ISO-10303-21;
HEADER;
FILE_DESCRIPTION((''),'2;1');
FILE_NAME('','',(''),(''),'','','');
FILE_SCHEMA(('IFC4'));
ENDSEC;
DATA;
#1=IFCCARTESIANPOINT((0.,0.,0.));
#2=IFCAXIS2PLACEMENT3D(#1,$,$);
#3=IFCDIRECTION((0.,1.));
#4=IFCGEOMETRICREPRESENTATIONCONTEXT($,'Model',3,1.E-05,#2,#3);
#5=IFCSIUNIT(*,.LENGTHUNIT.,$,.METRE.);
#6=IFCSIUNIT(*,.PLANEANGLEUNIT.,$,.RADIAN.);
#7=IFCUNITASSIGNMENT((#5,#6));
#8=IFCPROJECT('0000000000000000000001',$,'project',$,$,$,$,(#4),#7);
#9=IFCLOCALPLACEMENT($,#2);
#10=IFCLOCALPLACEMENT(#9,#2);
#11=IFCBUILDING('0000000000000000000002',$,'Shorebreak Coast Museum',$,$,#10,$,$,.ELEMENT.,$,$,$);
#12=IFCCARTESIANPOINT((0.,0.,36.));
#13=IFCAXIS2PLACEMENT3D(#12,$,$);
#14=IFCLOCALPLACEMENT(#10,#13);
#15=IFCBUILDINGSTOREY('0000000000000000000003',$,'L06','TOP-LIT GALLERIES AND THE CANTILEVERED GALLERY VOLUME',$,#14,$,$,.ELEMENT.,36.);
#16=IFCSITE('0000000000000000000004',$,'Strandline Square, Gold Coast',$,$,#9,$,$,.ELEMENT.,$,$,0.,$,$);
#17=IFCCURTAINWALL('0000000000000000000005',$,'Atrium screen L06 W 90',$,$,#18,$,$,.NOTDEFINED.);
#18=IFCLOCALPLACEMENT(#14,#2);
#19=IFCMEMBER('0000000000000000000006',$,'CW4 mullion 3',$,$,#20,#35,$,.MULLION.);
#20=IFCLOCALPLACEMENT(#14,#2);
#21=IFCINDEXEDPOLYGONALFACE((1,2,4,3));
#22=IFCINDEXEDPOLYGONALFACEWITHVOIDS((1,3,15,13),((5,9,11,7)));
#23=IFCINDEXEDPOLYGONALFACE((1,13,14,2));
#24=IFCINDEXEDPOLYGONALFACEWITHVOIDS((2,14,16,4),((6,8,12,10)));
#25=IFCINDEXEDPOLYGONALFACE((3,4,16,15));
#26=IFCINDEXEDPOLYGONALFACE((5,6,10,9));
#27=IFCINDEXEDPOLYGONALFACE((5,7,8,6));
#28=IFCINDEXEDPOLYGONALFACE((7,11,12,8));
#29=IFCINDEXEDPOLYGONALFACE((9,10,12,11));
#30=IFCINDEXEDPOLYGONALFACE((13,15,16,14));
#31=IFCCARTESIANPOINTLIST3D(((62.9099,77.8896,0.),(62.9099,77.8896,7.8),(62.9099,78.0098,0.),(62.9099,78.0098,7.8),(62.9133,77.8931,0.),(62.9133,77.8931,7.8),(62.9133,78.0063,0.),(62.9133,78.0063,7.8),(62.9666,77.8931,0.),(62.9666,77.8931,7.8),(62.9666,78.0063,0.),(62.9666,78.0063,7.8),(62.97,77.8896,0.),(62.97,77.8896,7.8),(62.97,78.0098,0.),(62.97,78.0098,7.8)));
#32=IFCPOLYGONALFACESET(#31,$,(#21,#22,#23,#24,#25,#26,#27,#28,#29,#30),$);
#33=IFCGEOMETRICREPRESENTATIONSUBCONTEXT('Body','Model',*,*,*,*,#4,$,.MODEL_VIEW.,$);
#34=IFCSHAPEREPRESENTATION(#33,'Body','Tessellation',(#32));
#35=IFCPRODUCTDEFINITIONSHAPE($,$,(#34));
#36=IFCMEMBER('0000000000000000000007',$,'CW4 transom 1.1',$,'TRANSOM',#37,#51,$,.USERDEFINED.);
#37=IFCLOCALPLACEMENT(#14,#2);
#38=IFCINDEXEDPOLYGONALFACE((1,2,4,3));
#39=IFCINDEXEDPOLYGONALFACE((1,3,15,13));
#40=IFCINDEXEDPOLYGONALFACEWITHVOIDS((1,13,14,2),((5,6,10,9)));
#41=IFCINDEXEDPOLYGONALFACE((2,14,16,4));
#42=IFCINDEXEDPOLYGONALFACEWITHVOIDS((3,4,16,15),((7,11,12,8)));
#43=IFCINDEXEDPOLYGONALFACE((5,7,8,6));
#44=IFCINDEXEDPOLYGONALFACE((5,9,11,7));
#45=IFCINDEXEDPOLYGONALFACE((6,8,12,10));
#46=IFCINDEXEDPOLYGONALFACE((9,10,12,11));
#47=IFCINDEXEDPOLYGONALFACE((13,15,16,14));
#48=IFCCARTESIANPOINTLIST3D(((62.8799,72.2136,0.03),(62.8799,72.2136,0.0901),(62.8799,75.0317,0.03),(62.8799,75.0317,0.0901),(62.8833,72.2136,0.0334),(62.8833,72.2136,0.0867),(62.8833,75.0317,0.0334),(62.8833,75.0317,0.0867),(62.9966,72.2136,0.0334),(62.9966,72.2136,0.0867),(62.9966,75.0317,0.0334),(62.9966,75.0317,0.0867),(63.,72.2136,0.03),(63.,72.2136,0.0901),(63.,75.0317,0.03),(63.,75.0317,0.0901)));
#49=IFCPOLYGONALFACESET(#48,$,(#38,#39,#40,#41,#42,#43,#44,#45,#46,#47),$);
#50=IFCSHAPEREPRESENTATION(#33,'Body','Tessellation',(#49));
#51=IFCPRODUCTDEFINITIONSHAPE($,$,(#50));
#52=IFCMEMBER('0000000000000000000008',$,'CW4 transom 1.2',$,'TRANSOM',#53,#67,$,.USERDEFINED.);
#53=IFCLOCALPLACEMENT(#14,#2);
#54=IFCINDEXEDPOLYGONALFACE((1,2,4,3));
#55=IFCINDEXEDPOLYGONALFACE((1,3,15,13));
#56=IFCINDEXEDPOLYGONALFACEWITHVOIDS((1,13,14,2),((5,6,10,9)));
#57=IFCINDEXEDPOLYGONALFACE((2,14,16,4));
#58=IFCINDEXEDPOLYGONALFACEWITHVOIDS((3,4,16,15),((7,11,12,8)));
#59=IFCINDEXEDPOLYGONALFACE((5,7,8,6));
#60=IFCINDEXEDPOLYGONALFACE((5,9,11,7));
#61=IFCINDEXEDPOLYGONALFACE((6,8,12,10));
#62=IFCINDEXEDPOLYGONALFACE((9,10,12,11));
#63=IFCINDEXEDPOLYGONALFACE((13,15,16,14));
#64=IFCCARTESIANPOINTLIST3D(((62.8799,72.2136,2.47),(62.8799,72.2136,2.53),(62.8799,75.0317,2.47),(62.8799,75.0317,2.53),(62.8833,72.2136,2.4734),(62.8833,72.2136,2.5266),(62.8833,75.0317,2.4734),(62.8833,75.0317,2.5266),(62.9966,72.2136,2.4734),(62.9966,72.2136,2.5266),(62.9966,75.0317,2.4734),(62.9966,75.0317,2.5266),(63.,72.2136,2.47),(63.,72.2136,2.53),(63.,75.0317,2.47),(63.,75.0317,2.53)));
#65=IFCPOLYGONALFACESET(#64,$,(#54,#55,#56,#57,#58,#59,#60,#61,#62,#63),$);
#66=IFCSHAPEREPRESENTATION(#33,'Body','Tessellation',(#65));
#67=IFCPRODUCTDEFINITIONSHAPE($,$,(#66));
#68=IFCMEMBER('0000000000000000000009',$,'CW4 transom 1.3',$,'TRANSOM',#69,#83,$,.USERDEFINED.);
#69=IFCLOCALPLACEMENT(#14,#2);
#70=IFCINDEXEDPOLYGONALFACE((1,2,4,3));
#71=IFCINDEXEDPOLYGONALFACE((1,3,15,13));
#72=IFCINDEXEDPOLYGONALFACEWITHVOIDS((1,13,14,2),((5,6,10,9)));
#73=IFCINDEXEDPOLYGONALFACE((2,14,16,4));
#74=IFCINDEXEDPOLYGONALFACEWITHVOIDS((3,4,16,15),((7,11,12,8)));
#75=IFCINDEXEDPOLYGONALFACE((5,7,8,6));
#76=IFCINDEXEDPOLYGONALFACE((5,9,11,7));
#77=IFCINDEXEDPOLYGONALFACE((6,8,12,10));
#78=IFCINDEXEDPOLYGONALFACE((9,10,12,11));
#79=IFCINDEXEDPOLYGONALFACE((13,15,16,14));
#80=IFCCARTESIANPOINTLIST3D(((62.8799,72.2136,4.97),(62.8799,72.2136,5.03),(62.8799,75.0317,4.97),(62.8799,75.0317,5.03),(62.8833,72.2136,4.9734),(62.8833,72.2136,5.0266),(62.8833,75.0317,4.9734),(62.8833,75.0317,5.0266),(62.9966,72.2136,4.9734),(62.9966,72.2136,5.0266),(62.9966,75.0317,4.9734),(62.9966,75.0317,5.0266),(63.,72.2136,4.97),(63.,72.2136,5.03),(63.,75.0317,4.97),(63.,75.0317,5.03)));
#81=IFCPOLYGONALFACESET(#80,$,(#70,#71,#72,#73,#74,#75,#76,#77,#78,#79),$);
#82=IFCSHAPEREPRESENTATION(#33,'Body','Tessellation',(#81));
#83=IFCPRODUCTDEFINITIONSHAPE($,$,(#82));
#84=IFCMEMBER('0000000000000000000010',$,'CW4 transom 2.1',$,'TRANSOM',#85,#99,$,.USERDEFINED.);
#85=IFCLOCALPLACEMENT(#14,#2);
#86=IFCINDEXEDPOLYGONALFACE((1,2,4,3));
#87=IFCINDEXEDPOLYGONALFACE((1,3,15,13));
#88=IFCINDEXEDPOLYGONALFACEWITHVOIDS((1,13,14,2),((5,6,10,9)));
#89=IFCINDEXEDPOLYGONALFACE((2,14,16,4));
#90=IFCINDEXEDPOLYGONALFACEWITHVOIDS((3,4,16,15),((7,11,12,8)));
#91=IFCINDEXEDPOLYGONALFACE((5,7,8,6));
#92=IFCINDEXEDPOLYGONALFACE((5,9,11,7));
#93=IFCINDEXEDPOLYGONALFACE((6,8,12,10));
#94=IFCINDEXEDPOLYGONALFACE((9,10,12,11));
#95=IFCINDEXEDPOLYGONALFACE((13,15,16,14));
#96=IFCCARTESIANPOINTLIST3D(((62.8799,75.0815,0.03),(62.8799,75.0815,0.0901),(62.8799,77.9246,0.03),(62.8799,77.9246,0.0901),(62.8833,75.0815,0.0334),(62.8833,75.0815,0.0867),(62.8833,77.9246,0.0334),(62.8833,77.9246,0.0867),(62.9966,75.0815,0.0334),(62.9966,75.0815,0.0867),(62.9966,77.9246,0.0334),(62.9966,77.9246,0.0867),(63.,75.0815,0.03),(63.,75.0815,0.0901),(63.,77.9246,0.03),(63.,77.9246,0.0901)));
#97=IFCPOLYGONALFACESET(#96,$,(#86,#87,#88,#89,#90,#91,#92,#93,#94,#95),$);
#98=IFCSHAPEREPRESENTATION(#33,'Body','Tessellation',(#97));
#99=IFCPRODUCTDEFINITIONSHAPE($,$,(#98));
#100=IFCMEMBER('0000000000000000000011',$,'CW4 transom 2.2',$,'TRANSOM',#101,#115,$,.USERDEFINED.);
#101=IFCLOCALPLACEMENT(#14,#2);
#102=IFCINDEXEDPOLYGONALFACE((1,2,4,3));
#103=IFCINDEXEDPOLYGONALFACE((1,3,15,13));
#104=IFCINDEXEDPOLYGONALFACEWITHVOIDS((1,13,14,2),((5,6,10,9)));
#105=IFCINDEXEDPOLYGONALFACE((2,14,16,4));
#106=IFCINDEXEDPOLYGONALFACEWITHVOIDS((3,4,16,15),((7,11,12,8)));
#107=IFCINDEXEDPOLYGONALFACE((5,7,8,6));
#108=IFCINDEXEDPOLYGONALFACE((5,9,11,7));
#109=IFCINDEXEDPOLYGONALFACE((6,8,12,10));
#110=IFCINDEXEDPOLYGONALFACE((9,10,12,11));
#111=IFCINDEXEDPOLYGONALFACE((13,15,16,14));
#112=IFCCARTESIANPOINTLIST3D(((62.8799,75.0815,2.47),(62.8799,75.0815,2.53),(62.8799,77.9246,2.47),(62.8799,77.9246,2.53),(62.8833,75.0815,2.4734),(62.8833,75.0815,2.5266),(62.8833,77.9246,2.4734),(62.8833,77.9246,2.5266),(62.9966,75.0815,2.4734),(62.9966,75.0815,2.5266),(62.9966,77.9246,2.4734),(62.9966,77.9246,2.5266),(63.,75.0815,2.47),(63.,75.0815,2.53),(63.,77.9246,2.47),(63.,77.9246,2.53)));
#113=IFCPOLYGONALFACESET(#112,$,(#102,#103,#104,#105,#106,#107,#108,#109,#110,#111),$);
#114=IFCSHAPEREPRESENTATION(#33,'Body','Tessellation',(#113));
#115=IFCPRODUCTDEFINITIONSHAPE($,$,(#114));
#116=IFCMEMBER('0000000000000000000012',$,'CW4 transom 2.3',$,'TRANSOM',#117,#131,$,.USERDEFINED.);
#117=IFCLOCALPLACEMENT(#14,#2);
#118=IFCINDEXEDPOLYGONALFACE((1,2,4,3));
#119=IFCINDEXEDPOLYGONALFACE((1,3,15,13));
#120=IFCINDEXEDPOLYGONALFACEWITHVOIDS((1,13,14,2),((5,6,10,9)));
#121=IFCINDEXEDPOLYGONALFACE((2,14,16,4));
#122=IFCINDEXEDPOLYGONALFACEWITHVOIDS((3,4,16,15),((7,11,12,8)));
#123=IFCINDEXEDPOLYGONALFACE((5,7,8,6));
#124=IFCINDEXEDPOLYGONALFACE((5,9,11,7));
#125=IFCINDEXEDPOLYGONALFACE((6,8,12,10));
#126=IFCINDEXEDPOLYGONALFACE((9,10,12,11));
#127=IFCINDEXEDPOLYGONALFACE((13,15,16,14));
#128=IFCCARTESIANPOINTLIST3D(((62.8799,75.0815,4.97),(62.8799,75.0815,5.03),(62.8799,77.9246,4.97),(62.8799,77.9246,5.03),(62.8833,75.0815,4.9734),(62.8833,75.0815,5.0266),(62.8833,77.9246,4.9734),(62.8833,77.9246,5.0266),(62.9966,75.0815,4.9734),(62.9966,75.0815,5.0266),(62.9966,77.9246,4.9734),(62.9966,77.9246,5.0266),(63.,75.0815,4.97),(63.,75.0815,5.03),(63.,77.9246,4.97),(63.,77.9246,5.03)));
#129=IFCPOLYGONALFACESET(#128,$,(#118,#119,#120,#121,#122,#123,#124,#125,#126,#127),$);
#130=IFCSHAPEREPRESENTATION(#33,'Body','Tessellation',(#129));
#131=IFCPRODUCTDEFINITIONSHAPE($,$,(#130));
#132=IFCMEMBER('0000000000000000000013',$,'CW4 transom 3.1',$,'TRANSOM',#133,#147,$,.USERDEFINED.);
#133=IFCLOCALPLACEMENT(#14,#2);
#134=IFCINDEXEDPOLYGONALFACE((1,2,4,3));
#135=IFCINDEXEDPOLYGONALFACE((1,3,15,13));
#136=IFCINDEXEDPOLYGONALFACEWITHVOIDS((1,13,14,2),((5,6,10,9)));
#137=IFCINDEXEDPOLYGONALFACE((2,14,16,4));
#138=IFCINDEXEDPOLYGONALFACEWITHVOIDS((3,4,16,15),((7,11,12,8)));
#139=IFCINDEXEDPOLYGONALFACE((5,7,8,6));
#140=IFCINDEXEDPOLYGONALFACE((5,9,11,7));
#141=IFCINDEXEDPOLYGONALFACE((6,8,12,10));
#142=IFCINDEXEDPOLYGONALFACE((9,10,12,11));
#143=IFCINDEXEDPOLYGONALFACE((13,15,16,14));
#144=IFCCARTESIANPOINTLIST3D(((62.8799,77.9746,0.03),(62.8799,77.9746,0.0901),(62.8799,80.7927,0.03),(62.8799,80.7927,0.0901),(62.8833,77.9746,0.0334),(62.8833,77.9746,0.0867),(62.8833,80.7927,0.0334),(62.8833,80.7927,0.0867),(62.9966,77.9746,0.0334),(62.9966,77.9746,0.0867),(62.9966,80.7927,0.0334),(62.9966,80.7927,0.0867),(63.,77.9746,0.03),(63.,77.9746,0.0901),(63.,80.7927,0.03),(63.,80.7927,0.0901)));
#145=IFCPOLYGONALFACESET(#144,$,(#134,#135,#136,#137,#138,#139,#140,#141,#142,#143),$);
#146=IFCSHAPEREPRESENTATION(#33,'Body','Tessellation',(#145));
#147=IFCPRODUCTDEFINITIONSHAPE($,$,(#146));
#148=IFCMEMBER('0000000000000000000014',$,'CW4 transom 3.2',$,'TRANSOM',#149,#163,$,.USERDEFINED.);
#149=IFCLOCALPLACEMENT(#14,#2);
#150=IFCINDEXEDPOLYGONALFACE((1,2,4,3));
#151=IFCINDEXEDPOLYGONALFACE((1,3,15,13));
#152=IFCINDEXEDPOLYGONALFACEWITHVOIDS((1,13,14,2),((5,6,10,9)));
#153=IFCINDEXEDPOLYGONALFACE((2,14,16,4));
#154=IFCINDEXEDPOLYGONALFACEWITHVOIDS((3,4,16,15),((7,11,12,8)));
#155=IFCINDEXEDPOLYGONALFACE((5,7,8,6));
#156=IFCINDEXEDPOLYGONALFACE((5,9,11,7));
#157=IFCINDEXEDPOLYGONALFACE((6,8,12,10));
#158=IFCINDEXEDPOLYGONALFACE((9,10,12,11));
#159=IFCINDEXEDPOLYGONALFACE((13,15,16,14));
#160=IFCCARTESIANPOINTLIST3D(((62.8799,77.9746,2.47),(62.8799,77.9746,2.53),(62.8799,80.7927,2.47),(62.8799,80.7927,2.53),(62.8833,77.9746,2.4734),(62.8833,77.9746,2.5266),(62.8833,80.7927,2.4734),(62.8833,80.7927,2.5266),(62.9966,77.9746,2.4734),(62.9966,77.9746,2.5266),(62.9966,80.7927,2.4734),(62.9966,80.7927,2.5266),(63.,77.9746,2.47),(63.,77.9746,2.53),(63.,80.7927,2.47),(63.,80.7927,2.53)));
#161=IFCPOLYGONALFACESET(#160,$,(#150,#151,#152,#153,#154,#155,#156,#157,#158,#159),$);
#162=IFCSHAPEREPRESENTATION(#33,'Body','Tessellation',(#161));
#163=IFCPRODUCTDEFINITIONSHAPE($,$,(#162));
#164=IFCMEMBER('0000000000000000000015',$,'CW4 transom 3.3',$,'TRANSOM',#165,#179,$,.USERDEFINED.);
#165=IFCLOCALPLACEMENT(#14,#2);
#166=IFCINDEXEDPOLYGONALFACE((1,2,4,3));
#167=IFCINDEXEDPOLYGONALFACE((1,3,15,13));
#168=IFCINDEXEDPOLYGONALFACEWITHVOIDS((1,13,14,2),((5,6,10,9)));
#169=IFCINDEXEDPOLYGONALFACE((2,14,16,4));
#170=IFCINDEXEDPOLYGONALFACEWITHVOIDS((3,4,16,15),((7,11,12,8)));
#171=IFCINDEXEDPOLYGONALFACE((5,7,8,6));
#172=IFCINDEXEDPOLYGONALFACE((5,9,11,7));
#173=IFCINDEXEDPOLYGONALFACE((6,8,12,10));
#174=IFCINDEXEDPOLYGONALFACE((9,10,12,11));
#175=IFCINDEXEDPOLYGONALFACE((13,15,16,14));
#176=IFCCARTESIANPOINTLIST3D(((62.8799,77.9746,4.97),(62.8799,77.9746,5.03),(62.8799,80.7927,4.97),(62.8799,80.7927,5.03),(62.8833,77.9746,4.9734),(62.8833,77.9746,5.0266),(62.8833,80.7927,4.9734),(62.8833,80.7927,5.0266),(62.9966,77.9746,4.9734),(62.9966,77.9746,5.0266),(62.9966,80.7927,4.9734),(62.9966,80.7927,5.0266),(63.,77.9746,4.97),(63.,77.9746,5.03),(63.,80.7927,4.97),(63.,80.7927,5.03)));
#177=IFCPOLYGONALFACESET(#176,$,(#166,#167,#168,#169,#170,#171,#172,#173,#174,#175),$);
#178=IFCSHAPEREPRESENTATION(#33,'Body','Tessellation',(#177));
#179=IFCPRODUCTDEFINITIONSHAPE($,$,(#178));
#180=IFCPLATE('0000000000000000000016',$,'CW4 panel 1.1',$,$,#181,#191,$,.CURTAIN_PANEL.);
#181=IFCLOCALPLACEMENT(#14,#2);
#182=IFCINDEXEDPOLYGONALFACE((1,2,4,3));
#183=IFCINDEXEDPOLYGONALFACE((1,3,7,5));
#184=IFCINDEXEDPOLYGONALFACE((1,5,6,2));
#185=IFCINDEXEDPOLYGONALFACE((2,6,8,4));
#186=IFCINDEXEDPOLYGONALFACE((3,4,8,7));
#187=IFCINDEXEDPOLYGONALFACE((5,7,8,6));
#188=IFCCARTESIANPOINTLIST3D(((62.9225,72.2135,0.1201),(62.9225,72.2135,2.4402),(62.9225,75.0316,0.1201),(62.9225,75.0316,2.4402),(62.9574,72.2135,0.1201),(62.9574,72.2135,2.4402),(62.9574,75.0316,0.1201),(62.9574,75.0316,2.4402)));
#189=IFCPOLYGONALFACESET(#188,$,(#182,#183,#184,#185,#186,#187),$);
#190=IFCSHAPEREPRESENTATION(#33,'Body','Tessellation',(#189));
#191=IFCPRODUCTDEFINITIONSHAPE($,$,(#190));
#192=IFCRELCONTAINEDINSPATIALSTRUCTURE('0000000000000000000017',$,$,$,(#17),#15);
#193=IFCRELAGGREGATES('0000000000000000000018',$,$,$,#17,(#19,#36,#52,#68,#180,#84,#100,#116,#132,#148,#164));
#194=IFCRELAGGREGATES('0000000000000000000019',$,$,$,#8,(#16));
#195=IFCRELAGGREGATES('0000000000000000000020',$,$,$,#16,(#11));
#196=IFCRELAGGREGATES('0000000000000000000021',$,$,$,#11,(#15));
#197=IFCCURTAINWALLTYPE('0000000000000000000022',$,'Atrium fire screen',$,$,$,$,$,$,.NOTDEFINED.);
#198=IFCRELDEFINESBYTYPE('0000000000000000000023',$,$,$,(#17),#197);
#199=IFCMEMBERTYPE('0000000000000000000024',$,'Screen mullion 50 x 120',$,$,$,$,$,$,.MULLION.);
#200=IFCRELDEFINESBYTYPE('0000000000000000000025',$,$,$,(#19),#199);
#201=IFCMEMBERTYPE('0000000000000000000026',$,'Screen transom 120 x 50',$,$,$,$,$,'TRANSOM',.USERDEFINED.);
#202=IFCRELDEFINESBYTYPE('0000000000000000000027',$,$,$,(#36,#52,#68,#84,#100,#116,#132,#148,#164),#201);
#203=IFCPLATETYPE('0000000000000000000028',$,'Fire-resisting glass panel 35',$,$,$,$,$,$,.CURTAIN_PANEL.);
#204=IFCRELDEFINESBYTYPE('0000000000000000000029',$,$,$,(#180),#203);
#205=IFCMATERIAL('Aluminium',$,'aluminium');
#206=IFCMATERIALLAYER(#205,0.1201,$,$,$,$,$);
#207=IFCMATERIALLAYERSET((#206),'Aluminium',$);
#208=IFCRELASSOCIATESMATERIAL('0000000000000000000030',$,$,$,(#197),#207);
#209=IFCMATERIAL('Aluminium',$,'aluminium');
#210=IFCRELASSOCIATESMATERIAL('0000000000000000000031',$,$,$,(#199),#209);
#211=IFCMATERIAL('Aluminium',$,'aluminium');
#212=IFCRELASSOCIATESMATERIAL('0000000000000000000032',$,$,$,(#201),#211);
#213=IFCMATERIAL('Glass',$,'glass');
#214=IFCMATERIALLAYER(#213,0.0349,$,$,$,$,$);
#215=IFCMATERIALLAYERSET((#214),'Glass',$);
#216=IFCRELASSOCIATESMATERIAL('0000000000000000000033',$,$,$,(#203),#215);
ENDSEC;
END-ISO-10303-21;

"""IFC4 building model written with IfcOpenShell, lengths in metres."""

from ifc_helpers import new_model, si_unit, direction, frame, origin, origin_2d, place, context, subcontext, project, spatial, rectangle, hollow_rectangle, extrude, material, layer, layer_set, material_profile, profile_set, type_object, element, aggregate, save


model = new_model("IFC4")

# Units and contexts
model_context = context("Model", 3, precision=1e-05, world=origin(), true_north=direction((0.0, 1.0)))
body_context = subcontext(model_context, "Body", "Model", "MODEL_VIEW")
ifc_project = project(units=[si_unit("LENGTHUNIT", "METRE"), si_unit("PLANEANGLEUNIT", "RADIAN")], contexts=[model_context])

# Site, building, storey
site_placement = place(None, origin())
site = spatial("IfcSite", under=ifc_project, at=site_placement, Name="Strandline Square, Gold Coast", CompositionType="ELEMENT", RefElevation=0.0)
building_placement = place(site_placement, origin())
building = spatial("IfcBuilding", under=site, at=building_placement, Name="Shorebreak Coast Museum", CompositionType="ELEMENT")
storey_placement = place(building_placement, frame((0.0, 0.0, 36.0)))
storey = spatial("IfcBuildingStorey", under=building, at=storey_placement, Name="L06", Description="TOP-LIT GALLERIES AND THE CANTILEVERED GALLERY VOLUME", CompositionType="ELEMENT", Elevation=36.0)

# Curtain wall, members, plate
ifc_material_1 = material(Name="Aluminium", Category="aluminium")
ifc_layer_1 = layer(ifc_material_1, 0.1201)
ifc_layer_set_1 = layer_set([ifc_layer_1], Name="Aluminium")
curtain_wall_type = type_object("IfcCurtainWallType", Name="Atrium fire screen", PredefinedType="NOTDEFINED", material=ifc_layer_set_1)
curtain_wall_placement = place(storey_placement, origin())
curtain_wall = element("IfcCurtainWall", 1, at=curtain_wall_placement, inside=storey, type_object=curtain_wall_type, Name="Atrium screen L06 W 90", PredefinedType="NOTDEFINED")
ifc_material_2 = material(Name="Aluminium", Category="aluminium")
ifc_material_profile_1 = material_profile(ifc_material_2, hollow_rectangle(XDim=0.0601, YDim=0.1201, WallThickness=0.0034, at=origin_2d()), Name="AL 120x60 RHS")
ifc_profile_set_1 = profile_set([ifc_material_profile_1], Name="Aluminium")
member_type_1 = type_object("IfcMemberType", Name="Screen mullion 50 x 120", PredefinedType="MULLION", material=ifc_profile_set_1)
member_1_placement = place(storey_placement, frame((62.9399, 77.9497, 0.0), z_axis=(0.0, 0.0, 1.0), x_axis=(-1.0, 0.0, 0.0)))
member_1 = element("IfcMember", 2, at=member_1_placement, type_object=member_type_1, Name="CW4 mullion 3", PredefinedType="MULLION", context=body_context, shape_type="SweptSolid", body=[
    extrude(hollow_rectangle(XDim=0.0601, YDim=0.1201, WallThickness=0.0034, at=origin_2d()), origin(), (0.0, 0.0, 1.0), 7.8),
])
ifc_material_3 = material(Name="Aluminium", Category="aluminium")
ifc_material_profile_2 = material_profile(ifc_material_3, hollow_rectangle(XDim=0.1201, YDim=0.0601, WallThickness=0.0034, at=origin_2d()), Name="AL 60x120 RHS")
ifc_profile_set_2 = profile_set([ifc_material_profile_2], Name="Aluminium")
member_type_2 = type_object("IfcMemberType", Name="Screen transom 120 x 50", ElementType="TRANSOM", PredefinedType="USERDEFINED", material=ifc_profile_set_2)
member_2_placement = place(storey_placement, frame((62.9399, 72.2136, 0.0601), z_axis=(0.0, 1.0, 0.0), x_axis=(-1.0, 0.0, 0.0)))
member_2 = element("IfcMember", 3, at=member_2_placement, type_object=member_type_2, Name="CW4 transom 1.1", ObjectType="TRANSOM", PredefinedType="USERDEFINED", context=body_context, shape_type="SweptSolid", body=[
    extrude(hollow_rectangle(XDim=0.1201, YDim=0.0601, WallThickness=0.0034, at=origin_2d()), origin(), (0.0, 0.0, 1.0), 2.8181),
])
member_3_placement = place(storey_placement, frame((62.9399, 72.2136, 2.5), z_axis=(0.0, 1.0, 0.0), x_axis=(-1.0, 0.0, 0.0)))
member_3 = element("IfcMember", 4, at=member_3_placement, type_object=member_type_2, Name="CW4 transom 1.2", ObjectType="TRANSOM", PredefinedType="USERDEFINED", context=body_context, shape_type="SweptSolid", body=[
    extrude(hollow_rectangle(XDim=0.1201, YDim=0.0601, WallThickness=0.0034, at=origin_2d()), origin(), (0.0, 0.0, 1.0), 2.8181),
])
member_4_placement = place(storey_placement, frame((62.9399, 72.2136, 5.0), z_axis=(0.0, 1.0, 0.0), x_axis=(-1.0, 0.0, 0.0)))
member_4 = element("IfcMember", 5, at=member_4_placement, type_object=member_type_2, Name="CW4 transom 1.3", ObjectType="TRANSOM", PredefinedType="USERDEFINED", context=body_context, shape_type="SweptSolid", body=[
    extrude(hollow_rectangle(XDim=0.1201, YDim=0.0601, WallThickness=0.0034, at=origin_2d()), origin(), (0.0, 0.0, 1.0), 2.8181),
])
member_5_placement = place(storey_placement, frame((62.9399, 75.0815, 0.0601), z_axis=(0.0, 1.0, 0.0), x_axis=(-1.0, 0.0, 0.0)))
member_5 = element("IfcMember", 6, at=member_5_placement, type_object=member_type_2, Name="CW4 transom 2.1", ObjectType="TRANSOM", PredefinedType="USERDEFINED", context=body_context, shape_type="SweptSolid", body=[
    extrude(hollow_rectangle(XDim=0.1201, YDim=0.0601, WallThickness=0.0034, at=origin_2d()), origin(), (0.0, 0.0, 1.0), 2.843),
])
member_6_placement = place(storey_placement, frame((62.9399, 75.0815, 2.5), z_axis=(0.0, 1.0, 0.0), x_axis=(-1.0, 0.0, 0.0)))
member_6 = element("IfcMember", 7, at=member_6_placement, type_object=member_type_2, Name="CW4 transom 2.2", ObjectType="TRANSOM", PredefinedType="USERDEFINED", context=body_context, shape_type="SweptSolid", body=[
    extrude(hollow_rectangle(XDim=0.1201, YDim=0.0601, WallThickness=0.0034, at=origin_2d()), origin(), (0.0, 0.0, 1.0), 2.843),
])
member_7_placement = place(storey_placement, frame((62.9399, 75.0815, 5.0), z_axis=(0.0, 1.0, 0.0), x_axis=(-1.0, 0.0, 0.0)))
member_7 = element("IfcMember", 8, at=member_7_placement, type_object=member_type_2, Name="CW4 transom 2.3", ObjectType="TRANSOM", PredefinedType="USERDEFINED", context=body_context, shape_type="SweptSolid", body=[
    extrude(hollow_rectangle(XDim=0.1201, YDim=0.0601, WallThickness=0.0034, at=origin_2d()), origin(), (0.0, 0.0, 1.0), 2.843),
])
member_8_placement = place(storey_placement, frame((62.9399, 77.9746, 0.0601), z_axis=(0.0, 1.0, 0.0), x_axis=(-1.0, 0.0, 0.0)))
member_8 = element("IfcMember", 9, at=member_8_placement, type_object=member_type_2, Name="CW4 transom 3.1", ObjectType="TRANSOM", PredefinedType="USERDEFINED", context=body_context, shape_type="SweptSolid", body=[
    extrude(hollow_rectangle(XDim=0.1201, YDim=0.0601, WallThickness=0.0034, at=origin_2d()), origin(), (0.0, 0.0, 1.0), 2.8181),
])
member_9_placement = place(storey_placement, frame((62.9399, 77.9746, 2.5), z_axis=(0.0, 1.0, 0.0), x_axis=(-1.0, 0.0, 0.0)))
member_9 = element("IfcMember", 10, at=member_9_placement, type_object=member_type_2, Name="CW4 transom 3.2", ObjectType="TRANSOM", PredefinedType="USERDEFINED", context=body_context, shape_type="SweptSolid", body=[
    extrude(hollow_rectangle(XDim=0.1201, YDim=0.0601, WallThickness=0.0034, at=origin_2d()), origin(), (0.0, 0.0, 1.0), 2.8181),
])
member_10_placement = place(storey_placement, frame((62.9399, 77.9746, 5.0), z_axis=(0.0, 1.0, 0.0), x_axis=(-1.0, 0.0, 0.0)))
member_10 = element("IfcMember", 11, at=member_10_placement, type_object=member_type_2, Name="CW4 transom 3.3", ObjectType="TRANSOM", PredefinedType="USERDEFINED", context=body_context, shape_type="SweptSolid", body=[
    extrude(hollow_rectangle(XDim=0.1201, YDim=0.0601, WallThickness=0.0034, at=origin_2d()), origin(), (0.0, 0.0, 1.0), 2.8181),
])
ifc_material_4 = material(Name="Glass", Category="glass")
ifc_layer_2 = layer(ifc_material_4, 0.0349)
ifc_layer_set_2 = layer_set([ifc_layer_2], Name="Glass")
plate_type = type_object("IfcPlateType", Name="Fire-resisting glass panel 35", PredefinedType="CURTAIN_PANEL", material=ifc_layer_set_2)
plate_1_placement = place(storey_placement, frame((62.9399, 73.6226, 0.1201), z_axis=(0.0, 0.0, 1.0), x_axis=(0.0, 1.0, 0.0)))
plate_1 = element("IfcPlate", 12, at=plate_1_placement, type_object=plate_type, Name="CW4 panel 1.1", PredefinedType="CURTAIN_PANEL", context=body_context, shape_type="SweptSolid", body=[
    extrude(rectangle(XDim=2.8181, YDim=0.0349, at=origin_2d()), origin(), (0.0, 0.0, 1.0), 2.3201),
])
aggregate(curtain_wall, [member_1, member_2, member_3, member_4, plate_1, member_5, member_6, member_7, member_8, member_9, member_10])

save(model, "model.ifc")
